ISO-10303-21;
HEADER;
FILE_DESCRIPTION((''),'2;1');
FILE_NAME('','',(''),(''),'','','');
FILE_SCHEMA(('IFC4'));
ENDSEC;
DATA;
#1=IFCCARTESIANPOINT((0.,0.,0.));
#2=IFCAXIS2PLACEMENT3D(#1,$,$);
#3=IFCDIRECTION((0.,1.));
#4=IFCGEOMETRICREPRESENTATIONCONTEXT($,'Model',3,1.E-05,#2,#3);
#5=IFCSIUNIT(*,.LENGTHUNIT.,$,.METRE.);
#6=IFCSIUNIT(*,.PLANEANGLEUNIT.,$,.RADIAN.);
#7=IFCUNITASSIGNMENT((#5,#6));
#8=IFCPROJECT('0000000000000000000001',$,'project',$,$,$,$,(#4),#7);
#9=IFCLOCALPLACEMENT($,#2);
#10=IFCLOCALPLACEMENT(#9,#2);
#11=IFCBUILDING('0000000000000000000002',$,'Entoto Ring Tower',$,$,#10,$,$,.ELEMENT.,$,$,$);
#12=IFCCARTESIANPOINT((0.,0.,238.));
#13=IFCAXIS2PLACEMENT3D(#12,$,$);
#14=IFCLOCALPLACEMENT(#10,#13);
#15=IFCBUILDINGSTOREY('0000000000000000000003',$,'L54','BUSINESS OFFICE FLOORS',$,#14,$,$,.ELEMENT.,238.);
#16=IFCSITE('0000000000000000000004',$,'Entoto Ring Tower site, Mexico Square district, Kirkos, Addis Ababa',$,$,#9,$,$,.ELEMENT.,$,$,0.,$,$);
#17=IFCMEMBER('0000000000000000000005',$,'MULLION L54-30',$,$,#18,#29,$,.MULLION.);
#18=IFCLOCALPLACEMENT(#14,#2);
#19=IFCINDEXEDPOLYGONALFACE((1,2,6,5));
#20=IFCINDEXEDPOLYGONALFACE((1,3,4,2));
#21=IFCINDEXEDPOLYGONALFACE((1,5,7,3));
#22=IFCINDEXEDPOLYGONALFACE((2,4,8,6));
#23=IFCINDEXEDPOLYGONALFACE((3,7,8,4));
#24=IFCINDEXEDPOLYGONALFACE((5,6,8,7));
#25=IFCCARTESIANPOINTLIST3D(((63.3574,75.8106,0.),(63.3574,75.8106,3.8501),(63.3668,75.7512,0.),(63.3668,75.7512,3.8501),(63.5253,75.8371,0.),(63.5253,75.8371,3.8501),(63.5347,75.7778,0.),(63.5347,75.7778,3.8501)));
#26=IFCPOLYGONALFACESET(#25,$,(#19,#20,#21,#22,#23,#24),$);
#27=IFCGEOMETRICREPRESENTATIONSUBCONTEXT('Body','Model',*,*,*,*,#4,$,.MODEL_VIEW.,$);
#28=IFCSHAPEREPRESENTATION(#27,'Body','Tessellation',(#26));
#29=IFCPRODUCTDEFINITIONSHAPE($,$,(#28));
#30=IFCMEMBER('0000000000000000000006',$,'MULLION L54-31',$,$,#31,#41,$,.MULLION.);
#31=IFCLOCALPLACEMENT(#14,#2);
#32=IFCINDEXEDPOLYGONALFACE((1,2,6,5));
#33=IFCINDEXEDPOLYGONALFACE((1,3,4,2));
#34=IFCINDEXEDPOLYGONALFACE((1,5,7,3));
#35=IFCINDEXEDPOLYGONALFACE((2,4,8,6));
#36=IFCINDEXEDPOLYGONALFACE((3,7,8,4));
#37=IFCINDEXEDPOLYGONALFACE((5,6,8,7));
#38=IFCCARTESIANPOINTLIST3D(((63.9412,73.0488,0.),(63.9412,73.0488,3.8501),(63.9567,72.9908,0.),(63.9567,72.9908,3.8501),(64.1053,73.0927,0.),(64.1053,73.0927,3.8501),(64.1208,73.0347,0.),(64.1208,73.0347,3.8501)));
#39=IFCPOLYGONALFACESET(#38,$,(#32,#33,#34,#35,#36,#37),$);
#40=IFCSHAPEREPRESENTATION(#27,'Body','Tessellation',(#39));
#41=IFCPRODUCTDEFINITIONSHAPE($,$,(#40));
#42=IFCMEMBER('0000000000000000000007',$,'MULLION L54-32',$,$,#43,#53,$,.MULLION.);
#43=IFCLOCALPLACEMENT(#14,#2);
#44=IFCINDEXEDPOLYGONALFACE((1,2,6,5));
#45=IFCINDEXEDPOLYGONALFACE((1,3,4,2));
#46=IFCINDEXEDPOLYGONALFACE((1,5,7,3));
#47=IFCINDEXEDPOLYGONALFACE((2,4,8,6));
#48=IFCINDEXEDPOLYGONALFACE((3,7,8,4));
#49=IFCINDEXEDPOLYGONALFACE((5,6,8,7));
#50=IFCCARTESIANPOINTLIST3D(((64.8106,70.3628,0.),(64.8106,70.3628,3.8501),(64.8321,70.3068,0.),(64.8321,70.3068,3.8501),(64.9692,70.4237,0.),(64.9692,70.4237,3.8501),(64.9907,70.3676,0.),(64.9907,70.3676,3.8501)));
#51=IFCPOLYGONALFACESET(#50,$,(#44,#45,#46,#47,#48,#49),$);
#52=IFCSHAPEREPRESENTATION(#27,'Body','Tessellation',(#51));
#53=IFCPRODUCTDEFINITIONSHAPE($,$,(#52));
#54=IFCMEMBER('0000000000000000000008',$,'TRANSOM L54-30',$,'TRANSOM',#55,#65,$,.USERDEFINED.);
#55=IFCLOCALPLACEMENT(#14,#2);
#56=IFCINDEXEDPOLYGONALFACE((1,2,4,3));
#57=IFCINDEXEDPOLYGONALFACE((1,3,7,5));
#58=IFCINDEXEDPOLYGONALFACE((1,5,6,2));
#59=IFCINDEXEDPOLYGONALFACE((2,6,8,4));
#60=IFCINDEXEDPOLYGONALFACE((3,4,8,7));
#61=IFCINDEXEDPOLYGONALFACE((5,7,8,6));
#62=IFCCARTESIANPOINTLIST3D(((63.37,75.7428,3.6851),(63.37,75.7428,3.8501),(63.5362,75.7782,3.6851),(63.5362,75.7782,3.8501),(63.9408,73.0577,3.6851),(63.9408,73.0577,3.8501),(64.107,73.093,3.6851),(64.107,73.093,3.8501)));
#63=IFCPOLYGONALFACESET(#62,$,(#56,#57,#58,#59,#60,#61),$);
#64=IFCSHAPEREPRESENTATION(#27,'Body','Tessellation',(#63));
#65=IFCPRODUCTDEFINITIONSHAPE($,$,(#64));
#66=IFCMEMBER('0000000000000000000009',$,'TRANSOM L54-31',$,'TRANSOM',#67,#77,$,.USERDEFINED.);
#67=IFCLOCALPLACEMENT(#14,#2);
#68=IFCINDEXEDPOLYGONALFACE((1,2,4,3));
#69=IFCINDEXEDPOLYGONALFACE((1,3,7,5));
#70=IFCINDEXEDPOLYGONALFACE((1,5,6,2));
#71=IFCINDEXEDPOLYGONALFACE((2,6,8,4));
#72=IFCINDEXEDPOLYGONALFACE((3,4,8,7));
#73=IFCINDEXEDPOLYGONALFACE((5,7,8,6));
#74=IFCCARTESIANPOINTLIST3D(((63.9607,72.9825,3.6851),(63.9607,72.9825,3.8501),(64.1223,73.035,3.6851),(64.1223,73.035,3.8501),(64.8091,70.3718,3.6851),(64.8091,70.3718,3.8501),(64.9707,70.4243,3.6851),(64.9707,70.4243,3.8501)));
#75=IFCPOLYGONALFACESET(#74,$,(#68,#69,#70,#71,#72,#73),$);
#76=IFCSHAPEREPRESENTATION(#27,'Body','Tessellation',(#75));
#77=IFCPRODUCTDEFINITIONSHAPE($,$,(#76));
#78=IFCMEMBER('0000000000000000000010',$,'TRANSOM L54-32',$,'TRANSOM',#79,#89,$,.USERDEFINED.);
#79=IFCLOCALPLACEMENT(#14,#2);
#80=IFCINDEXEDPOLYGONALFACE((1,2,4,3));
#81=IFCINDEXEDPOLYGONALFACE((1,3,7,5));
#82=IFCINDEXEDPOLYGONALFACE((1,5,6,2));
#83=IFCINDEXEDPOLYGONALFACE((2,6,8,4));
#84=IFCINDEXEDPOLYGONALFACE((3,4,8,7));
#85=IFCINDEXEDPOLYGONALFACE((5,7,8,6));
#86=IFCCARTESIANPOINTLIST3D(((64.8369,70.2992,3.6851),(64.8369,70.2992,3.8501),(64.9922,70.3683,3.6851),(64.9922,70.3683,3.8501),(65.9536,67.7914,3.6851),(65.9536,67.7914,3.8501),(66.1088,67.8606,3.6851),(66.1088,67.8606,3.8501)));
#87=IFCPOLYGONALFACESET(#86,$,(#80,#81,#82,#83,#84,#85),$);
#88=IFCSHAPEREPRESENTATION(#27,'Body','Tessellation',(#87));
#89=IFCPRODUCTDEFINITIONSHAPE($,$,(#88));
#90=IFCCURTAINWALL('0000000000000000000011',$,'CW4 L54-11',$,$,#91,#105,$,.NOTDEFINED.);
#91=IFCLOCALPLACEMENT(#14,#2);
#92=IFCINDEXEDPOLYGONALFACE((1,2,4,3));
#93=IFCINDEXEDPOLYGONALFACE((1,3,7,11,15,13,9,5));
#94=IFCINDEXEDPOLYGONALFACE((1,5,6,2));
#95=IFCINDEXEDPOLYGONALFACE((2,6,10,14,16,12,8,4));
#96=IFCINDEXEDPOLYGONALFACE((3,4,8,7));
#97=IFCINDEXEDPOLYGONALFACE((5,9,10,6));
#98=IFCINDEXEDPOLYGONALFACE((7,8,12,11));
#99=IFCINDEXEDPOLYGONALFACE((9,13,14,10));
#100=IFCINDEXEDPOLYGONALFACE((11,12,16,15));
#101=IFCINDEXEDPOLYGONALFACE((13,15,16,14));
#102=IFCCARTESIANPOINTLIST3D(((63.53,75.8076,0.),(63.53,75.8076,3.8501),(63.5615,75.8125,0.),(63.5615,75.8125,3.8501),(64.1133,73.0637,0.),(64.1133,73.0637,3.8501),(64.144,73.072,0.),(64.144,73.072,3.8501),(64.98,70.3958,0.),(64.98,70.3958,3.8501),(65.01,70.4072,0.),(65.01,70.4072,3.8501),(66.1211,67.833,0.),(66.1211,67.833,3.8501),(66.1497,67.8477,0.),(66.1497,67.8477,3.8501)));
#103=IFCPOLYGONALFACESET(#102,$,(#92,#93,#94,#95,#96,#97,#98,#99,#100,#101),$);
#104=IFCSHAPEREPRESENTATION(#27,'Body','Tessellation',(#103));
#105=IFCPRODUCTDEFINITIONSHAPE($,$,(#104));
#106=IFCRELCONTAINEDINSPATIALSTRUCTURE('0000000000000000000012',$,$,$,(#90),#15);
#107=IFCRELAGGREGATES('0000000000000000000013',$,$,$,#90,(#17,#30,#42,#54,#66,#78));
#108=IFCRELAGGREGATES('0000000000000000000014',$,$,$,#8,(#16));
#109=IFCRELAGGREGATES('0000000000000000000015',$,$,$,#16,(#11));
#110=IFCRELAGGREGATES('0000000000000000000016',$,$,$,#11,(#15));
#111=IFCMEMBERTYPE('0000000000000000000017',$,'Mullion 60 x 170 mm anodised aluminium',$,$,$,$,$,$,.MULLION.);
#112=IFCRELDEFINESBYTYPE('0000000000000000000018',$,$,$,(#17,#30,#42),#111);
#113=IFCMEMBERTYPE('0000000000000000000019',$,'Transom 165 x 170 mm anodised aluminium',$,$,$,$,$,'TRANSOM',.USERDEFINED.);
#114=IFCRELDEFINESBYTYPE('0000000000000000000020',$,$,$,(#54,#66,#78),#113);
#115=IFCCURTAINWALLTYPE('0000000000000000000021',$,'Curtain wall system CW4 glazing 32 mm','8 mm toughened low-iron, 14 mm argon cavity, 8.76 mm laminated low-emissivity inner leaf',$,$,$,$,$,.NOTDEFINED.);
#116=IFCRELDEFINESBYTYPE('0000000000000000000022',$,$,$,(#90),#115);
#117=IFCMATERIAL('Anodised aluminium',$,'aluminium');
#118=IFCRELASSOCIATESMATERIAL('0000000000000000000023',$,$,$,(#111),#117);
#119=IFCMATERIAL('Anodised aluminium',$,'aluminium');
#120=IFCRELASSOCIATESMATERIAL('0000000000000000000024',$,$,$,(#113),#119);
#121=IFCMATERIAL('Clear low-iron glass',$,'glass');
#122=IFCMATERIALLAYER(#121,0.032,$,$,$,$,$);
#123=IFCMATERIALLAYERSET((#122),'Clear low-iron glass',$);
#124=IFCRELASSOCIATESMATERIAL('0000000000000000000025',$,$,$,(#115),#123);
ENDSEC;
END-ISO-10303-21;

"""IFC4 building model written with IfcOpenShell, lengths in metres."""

from ifc_helpers import new_model, si_unit, direction, frame, origin, origin_2d, place, context, subcontext, project, spatial, polyline, rectangle, outline, extrude, material, layer, layer_set, material_profile, profile_set, type_object, element, aggregate, save


model = new_model("IFC4")

# Units and contexts
model_context = context("Model", 3, precision=1e-05, world=origin(), true_north=direction((0.0, 1.0)))
body_context = subcontext(model_context, "Body", "Model", "MODEL_VIEW")
ifc_project = project(units=[si_unit("LENGTHUNIT", "METRE"), si_unit("PLANEANGLEUNIT", "RADIAN")], contexts=[model_context])

# Members
ifc_material_1 = material(Name="Anodised aluminium", Category="aluminium")
ifc_material_profile_1 = material_profile(ifc_material_1, rectangle(XDim=0.0601, YDim=0.1699, at=origin_2d()), Name="Mullion 60 x 170 mm anodised aluminium")
ifc_profile_set_1 = profile_set([ifc_material_profile_1], Name="Anodised aluminium")
member_type_1 = type_object("IfcMemberType", Name="Mullion 60 x 170 mm anodised aluminium", PredefinedType="MULLION", material=ifc_profile_set_1)
site_placement = place(None, origin())
building_placement = place(site_placement, origin())
storey_placement = place(building_placement, frame((0.0, 0.0, 238.0)))
member_1_placement = place(storey_placement, frame((63.446, 75.7942, 0.0), z_axis=(0.0, 0.0, 1.0), x_axis=(0.156434, -0.987688, 0.0)))
member_1 = element("IfcMember", 1, at=member_1_placement, type_object=member_type_1, Name="MULLION L54-30", PredefinedType="MULLION", context=body_context, shape_type="SweptSolid", body=[
    extrude(rectangle(XDim=0.0601, YDim=0.1699, at=origin_2d()), origin(), (0.0, 0.0, 1.0), 3.8501),
])
member_2_placement = place(storey_placement, frame((64.031, 73.0417, 0.0), z_axis=(0.0, 0.0, 1.0), x_axis=(0.258819, -0.965926, 0.0)))
member_2 = element("IfcMember", 2, at=member_2_placement, type_object=member_type_1, Name="MULLION L54-31", PredefinedType="MULLION", context=body_context, shape_type="SweptSolid", body=[
    extrude(rectangle(XDim=0.0601, YDim=0.1699, at=origin_2d()), origin(), (0.0, 0.0, 1.0), 3.8501),
])
member_3_placement = place(storey_placement, frame((64.9006, 70.3652, 0.0), z_axis=(0.0, 0.0, 1.0), x_axis=(0.358368, -0.93358, 0.0)))
member_3 = element("IfcMember", 3, at=member_3_placement, type_object=member_type_1, Name="MULLION L54-32", PredefinedType="MULLION", context=body_context, shape_type="SweptSolid", body=[
    extrude(rectangle(XDim=0.0601, YDim=0.1699, at=origin_2d()), origin(), (0.0, 0.0, 1.0), 3.8501),
])
ifc_material_2 = material(Name="Anodised aluminium", Category="aluminium")
ifc_material_profile_2 = material_profile(ifc_material_2, rectangle(XDim=0.1699, YDim=0.165, at=origin_2d()), Name="Transom 165 x 170 mm anodised aluminium")
ifc_profile_set_2 = profile_set([ifc_material_profile_2], Name="Anodised aluminium")
member_type_2 = type_object("IfcMemberType", Name="Transom 165 x 170 mm anodised aluminium", ElementType="TRANSOM", PredefinedType="USERDEFINED", material=ifc_profile_set_2)
member_4_placement = place(storey_placement, frame((63.4531, 75.7605, 3.7676), z_axis=(0.207937, -0.978142, 0.0), x_axis=(0.978142, 0.207937, 0.0)))
member_4 = element("IfcMember", 4, at=member_4_placement, type_object=member_type_2, Name="TRANSOM L54-30", ObjectType="TRANSOM", PredefinedType="USERDEFINED", context=body_context, shape_type="SweptSolid", body=[
    extrude(rectangle(XDim=0.1699, YDim=0.165, at=origin_2d()), origin(), (0.0, 0.0, 1.0), 2.7451),
])
member_5_placement = place(storey_placement, frame((64.0415, 73.0088, 3.7676), z_axis=(0.309042, -0.951048, 0.0), x_axis=(0.951048, 0.309042, 0.0)))
member_5 = element("IfcMember", 5, at=member_5_placement, type_object=member_type_2, Name="TRANSOM L54-31", ObjectType="TRANSOM", PredefinedType="USERDEFINED", context=body_context, shape_type="SweptSolid", body=[
    extrude(rectangle(XDim=0.1699, YDim=0.165, at=origin_2d()), origin(), (0.0, 0.0, 1.0), 2.7451),
])
member_6_placement = place(storey_placement, frame((64.9146, 70.3337, 3.7676), z_axis=(0.406782, -0.913525, 0.0), x_axis=(0.913525, 0.406782, 0.0)))
member_6 = element("IfcMember", 6, at=member_6_placement, type_object=member_type_2, Name="TRANSOM L54-32", ObjectType="TRANSOM", PredefinedType="USERDEFINED", context=body_context, shape_type="SweptSolid", body=[
    extrude(rectangle(XDim=0.1699, YDim=0.165, at=origin_2d()), origin(), (0.0, 0.0, 1.0), 2.7451),
])

# Site, building, storey
site = spatial("IfcSite", under=ifc_project, at=site_placement, Name="Entoto Ring Tower site, Mexico Square district, Kirkos, Addis Ababa", CompositionType="ELEMENT", RefElevation=0.0)
building = spatial("IfcBuilding", under=site, at=building_placement, Name="Entoto Ring Tower", CompositionType="ELEMENT")
storey = spatial("IfcBuildingStorey", under=building, at=storey_placement, Name="L54", Description="BUSINESS OFFICE FLOORS", CompositionType="ELEMENT", Elevation=238.0)

# Curtain wall
ifc_material_3 = material(Name="Clear low-iron glass", Category="glass")
ifc_layer = layer(ifc_material_3, 0.032)
ifc_layer_set = layer_set([ifc_layer], Name="Clear low-iron glass")
curtain_wall_type = type_object("IfcCurtainWallType", Name="Curtain wall system CW4 glazing 32 mm", Description="8 mm toughened low-iron, 14 mm argon cavity, 8.76 mm laminated low-emissivity inner leaf", PredefinedType="NOTDEFINED", material=ifc_layer_set)
curtain_wall_1_placement = place(storey_placement, origin())
curtain_wall_1 = element("IfcCurtainWall", 7, at=curtain_wall_1_placement, inside=storey, type_object=curtain_wall_type, Name="CW4 L54-11", PredefinedType="NOTDEFINED", context=body_context, shape_type="SweptSolid", body=[
    extrude(outline(polyline([(63.53, 75.8076), (64.1133, 73.0637), (64.98, 70.3958), (66.1211, 67.833), (66.1497, 67.8477), (65.01, 70.4072), (64.144, 73.072), (63.5615, 75.8125), (63.53, 75.8076)])), origin(), (0.0, 0.0, 1.0), 3.8501),
])
aggregate(curtain_wall_1, [member_1, member_2, member_3, member_4, member_5, member_6])

save(model, "model.ifc")
